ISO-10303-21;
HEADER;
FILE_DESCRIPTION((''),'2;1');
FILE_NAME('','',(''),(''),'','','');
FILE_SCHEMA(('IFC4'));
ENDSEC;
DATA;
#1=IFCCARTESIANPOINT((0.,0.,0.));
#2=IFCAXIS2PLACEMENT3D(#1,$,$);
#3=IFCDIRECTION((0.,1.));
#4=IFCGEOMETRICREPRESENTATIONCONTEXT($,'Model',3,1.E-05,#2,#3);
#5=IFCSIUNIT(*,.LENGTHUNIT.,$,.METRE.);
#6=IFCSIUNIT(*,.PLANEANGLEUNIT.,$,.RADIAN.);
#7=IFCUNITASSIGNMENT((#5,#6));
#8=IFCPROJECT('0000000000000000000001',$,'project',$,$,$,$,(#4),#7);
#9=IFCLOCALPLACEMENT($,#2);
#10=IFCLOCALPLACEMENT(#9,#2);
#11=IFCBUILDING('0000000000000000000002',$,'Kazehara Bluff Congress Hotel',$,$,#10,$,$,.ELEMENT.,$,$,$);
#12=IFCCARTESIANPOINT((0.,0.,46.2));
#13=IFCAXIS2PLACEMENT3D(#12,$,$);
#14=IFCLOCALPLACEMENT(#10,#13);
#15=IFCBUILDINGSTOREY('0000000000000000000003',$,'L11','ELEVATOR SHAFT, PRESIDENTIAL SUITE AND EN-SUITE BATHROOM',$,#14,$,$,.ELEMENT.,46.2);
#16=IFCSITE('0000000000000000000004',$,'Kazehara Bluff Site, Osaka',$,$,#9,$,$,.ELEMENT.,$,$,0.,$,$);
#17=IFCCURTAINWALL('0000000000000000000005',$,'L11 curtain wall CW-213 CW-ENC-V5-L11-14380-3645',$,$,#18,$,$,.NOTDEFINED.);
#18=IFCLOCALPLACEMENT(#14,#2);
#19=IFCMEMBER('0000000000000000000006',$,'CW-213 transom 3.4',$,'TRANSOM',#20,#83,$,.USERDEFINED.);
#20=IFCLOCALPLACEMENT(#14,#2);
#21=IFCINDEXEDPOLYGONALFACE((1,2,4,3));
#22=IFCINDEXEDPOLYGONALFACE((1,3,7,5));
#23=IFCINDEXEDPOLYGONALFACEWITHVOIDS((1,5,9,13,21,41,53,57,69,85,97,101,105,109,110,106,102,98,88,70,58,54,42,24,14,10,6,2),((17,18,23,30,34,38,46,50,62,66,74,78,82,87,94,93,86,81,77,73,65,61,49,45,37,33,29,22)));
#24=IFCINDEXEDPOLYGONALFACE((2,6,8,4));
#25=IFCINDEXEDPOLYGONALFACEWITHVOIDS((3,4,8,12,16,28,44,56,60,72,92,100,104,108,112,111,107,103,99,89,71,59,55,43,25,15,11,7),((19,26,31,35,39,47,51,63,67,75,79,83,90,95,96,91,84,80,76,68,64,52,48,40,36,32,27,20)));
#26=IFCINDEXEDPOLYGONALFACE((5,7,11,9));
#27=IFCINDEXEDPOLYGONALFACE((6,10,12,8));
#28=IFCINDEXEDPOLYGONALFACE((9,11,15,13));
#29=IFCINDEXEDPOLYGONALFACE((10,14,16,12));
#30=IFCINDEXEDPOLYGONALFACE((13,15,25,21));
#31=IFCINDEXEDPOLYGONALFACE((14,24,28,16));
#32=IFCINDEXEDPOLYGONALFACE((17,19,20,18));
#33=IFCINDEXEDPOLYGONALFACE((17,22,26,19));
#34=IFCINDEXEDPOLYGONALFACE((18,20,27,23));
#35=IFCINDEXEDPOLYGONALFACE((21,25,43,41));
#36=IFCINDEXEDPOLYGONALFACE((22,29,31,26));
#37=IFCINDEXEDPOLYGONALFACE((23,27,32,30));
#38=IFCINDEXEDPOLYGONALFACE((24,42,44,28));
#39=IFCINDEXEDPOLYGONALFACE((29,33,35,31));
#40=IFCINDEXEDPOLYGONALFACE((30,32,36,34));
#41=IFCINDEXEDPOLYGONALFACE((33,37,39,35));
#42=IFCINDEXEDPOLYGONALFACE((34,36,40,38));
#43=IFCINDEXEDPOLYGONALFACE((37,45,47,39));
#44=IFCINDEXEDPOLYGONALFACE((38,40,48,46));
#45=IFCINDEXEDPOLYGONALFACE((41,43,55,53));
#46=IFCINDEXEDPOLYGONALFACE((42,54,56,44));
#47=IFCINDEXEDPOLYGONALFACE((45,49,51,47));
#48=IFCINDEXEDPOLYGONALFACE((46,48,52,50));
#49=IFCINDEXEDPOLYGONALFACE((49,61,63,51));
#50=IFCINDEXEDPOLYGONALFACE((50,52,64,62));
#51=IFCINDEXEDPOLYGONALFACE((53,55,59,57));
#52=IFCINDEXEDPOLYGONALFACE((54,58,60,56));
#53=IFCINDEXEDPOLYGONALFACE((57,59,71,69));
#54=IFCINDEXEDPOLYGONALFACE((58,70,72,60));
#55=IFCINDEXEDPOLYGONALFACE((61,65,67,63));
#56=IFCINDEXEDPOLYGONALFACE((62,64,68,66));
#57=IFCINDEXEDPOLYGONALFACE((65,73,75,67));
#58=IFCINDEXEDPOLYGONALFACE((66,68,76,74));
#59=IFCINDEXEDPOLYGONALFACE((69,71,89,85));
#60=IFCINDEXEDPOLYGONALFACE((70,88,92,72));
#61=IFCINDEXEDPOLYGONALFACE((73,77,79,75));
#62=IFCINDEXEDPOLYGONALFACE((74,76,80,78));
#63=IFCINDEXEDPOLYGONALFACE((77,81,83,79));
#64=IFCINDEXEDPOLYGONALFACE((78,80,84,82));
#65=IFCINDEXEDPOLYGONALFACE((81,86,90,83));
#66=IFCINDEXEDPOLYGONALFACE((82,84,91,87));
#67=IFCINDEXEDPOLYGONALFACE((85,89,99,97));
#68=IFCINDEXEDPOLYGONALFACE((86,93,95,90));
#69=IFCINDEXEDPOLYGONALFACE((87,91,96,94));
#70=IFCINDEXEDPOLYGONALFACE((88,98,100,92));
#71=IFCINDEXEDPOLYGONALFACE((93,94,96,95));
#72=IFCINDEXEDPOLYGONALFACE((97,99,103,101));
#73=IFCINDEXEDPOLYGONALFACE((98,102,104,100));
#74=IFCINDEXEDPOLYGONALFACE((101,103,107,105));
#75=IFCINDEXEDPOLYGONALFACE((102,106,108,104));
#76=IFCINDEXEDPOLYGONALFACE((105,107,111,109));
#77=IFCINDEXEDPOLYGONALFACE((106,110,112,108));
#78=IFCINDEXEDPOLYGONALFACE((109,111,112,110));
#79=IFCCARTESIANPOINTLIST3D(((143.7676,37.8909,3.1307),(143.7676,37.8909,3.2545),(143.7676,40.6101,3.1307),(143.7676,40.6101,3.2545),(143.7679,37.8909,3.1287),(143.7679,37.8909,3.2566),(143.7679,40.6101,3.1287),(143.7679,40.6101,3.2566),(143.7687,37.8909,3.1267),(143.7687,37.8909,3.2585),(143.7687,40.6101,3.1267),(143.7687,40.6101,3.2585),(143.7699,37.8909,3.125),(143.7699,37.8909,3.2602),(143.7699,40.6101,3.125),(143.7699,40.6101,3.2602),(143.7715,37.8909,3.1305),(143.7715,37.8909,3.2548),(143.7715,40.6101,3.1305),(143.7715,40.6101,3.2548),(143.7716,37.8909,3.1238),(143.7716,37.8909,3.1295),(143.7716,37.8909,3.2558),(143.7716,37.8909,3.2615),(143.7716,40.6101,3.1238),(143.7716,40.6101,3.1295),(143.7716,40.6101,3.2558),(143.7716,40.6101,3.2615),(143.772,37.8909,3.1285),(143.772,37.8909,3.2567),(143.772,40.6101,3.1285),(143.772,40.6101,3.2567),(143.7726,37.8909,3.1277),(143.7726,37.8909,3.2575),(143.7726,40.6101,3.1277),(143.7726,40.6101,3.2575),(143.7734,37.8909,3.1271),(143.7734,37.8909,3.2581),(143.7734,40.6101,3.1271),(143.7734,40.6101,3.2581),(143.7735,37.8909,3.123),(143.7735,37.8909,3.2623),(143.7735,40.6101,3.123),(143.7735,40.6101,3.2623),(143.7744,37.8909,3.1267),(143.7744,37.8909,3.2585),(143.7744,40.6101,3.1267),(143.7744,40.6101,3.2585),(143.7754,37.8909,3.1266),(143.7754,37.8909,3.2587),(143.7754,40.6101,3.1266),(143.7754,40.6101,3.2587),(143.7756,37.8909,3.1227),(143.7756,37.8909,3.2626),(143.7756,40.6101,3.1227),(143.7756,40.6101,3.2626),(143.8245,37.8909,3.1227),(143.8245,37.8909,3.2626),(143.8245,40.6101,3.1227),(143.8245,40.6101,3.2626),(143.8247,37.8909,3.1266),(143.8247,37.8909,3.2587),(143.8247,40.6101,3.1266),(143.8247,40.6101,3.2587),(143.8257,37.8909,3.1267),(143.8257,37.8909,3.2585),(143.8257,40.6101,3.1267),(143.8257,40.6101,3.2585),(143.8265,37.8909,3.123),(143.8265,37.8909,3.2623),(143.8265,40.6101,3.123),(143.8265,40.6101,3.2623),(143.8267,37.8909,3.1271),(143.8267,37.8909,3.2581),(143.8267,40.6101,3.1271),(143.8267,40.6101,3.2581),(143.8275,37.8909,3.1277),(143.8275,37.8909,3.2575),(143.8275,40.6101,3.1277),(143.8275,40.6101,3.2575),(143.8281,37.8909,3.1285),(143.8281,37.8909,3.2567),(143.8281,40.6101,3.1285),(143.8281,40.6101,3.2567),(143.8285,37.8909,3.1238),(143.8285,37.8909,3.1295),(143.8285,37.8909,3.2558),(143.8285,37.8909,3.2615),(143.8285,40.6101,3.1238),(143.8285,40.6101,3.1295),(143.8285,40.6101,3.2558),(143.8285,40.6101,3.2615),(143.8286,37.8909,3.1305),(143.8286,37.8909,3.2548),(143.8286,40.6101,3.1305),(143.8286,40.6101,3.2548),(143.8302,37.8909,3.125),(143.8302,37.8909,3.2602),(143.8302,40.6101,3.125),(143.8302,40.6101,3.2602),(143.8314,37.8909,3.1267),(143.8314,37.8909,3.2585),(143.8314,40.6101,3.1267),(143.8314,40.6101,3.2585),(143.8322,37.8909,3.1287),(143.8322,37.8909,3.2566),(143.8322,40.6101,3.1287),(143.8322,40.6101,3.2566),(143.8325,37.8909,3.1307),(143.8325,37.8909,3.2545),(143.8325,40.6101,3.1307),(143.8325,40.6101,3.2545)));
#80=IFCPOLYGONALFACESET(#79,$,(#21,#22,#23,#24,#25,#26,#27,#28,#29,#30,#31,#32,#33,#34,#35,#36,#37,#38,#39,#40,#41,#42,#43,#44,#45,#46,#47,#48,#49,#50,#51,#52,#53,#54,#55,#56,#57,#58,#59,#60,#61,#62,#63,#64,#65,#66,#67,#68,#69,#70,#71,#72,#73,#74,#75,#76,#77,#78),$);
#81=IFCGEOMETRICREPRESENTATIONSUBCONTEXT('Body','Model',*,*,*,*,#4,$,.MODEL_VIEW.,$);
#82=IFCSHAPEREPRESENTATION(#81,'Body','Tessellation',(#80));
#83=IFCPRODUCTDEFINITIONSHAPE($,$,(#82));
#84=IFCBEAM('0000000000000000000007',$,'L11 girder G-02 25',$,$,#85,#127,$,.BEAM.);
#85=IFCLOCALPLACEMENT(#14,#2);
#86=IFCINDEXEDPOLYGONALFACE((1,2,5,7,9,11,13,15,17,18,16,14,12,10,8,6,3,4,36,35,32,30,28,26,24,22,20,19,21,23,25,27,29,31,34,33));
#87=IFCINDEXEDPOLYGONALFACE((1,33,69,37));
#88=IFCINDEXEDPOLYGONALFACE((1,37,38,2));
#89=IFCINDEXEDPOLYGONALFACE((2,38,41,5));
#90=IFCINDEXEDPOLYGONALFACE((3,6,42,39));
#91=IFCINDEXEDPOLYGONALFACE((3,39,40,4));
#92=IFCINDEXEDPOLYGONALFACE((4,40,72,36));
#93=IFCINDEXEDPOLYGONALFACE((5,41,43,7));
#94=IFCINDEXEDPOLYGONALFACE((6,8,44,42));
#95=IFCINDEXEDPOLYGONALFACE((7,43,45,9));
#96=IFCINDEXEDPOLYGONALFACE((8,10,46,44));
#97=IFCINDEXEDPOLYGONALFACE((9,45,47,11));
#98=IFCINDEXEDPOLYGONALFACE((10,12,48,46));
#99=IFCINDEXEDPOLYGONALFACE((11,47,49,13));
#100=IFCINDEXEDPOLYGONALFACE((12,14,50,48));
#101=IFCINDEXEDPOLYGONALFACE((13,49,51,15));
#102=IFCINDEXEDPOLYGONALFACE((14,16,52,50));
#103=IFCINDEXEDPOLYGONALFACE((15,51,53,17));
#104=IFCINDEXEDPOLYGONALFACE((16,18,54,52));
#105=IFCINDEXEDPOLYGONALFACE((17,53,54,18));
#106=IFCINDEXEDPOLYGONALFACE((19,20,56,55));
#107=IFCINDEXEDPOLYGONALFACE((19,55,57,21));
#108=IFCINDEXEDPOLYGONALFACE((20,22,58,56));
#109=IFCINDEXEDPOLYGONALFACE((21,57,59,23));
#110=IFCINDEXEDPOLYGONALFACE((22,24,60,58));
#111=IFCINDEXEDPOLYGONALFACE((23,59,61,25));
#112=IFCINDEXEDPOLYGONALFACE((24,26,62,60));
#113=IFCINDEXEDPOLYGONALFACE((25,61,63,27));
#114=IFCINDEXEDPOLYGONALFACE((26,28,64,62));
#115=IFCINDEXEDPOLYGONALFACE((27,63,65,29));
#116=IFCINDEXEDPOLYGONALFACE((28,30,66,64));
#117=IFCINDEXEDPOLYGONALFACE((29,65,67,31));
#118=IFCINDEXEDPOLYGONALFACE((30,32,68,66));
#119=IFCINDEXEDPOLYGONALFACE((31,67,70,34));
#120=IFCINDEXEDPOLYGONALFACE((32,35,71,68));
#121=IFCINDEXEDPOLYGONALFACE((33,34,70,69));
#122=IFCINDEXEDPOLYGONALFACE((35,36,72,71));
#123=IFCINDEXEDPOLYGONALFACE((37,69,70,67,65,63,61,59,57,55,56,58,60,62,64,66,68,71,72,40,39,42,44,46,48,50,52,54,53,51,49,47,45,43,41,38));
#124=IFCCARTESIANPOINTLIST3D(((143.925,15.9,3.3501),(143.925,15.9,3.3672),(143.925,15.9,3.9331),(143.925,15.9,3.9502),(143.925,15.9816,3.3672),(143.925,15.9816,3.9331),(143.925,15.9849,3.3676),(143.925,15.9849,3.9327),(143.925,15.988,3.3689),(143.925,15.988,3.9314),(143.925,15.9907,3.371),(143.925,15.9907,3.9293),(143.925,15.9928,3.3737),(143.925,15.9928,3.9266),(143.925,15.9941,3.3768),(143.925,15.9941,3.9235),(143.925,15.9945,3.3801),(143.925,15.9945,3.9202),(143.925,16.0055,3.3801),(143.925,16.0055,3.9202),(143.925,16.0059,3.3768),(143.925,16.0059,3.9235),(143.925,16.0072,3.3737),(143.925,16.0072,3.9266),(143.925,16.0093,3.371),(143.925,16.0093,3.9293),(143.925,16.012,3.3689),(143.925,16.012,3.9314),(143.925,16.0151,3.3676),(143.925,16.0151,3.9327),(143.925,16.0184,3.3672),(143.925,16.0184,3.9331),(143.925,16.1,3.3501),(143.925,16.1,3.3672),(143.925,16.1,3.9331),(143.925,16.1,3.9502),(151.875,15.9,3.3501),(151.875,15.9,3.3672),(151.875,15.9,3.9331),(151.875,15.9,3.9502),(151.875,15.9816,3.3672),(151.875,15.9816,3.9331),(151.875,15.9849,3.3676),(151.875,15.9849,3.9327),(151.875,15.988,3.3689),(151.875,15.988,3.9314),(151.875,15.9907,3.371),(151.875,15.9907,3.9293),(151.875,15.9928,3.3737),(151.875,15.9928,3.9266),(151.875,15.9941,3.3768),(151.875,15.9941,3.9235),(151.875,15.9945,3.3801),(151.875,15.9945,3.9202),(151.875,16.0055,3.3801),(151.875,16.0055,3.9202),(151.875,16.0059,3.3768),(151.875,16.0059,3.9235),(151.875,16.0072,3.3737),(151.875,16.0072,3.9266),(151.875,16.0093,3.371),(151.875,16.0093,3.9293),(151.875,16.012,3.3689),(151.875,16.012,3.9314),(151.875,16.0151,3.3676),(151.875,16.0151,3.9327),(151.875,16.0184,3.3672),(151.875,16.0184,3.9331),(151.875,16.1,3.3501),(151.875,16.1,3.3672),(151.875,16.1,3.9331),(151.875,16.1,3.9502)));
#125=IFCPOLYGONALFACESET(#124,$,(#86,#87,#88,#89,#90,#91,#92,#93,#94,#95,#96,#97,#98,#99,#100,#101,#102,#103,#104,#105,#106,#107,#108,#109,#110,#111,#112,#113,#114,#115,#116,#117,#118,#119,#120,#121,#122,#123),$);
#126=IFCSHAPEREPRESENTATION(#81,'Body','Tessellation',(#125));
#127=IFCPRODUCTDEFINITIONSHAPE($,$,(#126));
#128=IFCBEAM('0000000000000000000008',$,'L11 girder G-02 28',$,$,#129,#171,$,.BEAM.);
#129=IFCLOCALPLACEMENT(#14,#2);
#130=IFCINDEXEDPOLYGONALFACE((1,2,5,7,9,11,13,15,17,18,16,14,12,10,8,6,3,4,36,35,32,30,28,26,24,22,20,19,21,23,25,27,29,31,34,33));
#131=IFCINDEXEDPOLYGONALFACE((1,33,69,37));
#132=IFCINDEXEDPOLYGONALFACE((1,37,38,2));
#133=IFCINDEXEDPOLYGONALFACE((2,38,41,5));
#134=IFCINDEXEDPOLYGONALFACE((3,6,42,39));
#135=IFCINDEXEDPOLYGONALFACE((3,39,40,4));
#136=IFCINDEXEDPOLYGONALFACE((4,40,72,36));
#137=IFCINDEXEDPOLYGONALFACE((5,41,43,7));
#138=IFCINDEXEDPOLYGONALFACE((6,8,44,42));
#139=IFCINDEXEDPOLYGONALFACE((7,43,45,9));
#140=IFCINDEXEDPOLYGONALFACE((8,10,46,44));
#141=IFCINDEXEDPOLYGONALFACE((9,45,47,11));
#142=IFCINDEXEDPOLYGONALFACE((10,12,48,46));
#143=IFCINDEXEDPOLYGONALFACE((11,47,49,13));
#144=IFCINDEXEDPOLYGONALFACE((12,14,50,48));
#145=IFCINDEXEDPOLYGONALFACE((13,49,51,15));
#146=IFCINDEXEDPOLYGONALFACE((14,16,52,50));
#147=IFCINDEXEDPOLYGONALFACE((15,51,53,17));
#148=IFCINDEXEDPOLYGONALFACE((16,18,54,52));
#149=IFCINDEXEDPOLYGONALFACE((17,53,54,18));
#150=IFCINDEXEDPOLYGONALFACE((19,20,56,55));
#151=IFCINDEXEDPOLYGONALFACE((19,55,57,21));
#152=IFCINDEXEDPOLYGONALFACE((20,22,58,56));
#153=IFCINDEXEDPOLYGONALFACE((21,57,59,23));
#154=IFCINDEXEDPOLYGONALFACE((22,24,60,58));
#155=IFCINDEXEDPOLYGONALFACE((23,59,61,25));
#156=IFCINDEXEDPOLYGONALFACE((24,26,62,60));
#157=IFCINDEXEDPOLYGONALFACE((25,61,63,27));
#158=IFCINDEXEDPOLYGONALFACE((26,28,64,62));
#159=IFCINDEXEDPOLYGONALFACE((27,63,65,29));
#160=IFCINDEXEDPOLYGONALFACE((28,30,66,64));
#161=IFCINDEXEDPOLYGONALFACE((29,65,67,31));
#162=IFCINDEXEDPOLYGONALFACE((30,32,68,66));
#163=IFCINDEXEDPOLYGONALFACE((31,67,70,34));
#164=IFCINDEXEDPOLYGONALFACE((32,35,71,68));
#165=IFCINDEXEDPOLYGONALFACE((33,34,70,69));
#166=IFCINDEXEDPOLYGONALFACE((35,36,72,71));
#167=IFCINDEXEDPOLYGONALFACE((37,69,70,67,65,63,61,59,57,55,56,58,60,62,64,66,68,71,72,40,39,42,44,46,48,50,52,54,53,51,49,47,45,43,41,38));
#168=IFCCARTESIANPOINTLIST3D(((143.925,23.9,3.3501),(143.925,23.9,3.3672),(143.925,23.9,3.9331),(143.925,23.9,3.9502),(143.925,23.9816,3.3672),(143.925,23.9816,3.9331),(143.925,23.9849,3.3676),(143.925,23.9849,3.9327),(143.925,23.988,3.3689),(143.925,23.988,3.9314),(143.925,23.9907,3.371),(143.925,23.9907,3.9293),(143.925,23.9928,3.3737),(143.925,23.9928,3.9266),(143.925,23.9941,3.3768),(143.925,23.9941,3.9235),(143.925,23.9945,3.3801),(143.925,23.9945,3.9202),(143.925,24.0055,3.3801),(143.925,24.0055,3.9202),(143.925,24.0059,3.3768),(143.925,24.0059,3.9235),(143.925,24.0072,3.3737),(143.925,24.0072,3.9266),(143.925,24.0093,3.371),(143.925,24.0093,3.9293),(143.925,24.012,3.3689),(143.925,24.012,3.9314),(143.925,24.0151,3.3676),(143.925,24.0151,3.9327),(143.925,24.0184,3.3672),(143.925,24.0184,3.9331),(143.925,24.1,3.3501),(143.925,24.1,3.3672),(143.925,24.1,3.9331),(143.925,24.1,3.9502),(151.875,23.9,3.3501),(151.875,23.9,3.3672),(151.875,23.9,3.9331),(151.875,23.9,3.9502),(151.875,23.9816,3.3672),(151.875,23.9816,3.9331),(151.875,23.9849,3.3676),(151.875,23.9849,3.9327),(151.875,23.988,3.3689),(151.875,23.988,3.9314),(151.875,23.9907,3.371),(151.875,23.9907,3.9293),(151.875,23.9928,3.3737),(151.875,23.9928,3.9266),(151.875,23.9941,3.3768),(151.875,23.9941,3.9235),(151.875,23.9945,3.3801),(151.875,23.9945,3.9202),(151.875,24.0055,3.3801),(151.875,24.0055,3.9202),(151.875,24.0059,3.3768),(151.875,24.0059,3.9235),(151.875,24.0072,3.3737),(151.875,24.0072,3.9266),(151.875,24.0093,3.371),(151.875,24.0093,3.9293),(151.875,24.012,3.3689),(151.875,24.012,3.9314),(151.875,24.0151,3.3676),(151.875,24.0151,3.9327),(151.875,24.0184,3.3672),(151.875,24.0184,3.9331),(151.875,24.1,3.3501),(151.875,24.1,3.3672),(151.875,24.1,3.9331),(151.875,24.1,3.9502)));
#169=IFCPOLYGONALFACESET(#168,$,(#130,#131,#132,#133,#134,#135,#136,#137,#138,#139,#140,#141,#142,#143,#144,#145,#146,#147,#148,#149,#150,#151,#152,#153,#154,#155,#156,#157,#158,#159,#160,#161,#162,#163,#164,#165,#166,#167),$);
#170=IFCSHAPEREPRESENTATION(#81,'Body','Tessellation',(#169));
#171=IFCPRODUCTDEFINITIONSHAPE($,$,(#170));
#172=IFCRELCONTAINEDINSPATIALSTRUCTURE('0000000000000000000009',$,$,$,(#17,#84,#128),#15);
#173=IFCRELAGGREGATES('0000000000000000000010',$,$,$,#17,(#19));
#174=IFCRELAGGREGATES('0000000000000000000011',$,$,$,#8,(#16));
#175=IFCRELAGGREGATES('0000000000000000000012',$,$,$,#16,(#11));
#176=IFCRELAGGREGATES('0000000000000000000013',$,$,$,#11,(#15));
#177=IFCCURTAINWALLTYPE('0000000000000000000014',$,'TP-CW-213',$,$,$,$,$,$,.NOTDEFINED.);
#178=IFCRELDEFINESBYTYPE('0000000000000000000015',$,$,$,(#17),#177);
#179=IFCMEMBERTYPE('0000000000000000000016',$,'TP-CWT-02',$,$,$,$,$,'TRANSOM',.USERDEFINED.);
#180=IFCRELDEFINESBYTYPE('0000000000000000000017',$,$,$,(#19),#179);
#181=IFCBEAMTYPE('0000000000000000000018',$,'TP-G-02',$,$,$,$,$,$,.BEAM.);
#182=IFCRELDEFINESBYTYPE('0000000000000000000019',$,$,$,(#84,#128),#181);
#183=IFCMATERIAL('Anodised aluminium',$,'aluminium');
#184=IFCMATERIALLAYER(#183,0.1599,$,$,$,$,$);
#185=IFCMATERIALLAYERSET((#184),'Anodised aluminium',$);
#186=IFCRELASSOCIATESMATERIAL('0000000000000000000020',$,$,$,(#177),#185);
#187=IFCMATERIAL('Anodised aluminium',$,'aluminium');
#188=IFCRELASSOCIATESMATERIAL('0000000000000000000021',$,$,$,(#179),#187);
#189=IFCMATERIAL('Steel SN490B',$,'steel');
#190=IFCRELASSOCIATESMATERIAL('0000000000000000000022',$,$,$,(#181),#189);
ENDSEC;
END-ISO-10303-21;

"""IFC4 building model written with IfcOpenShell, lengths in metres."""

from ifc_helpers import new_model, si_unit, direction, frame, origin, origin_2d, place, context, subcontext, project, spatial, hollow_rectangle, i_section, extrude, material, layer, layer_set, material_profile, profile_set, type_object, element, aggregate, save


model = new_model("IFC4")

# Units and contexts
model_context = context("Model", 3, precision=1e-05, world=origin(), true_north=direction((0.0, 1.0)))
body_context = subcontext(model_context, "Body", "Model", "MODEL_VIEW")
ifc_project = project(units=[si_unit("LENGTHUNIT", "METRE"), si_unit("PLANEANGLEUNIT", "RADIAN")], contexts=[model_context])

# Site, building, storey
site_placement = place(None, origin())
site = spatial("IfcSite", under=ifc_project, at=site_placement, Name="Kazehara Bluff Site, Osaka", CompositionType="ELEMENT", RefElevation=0.0)
building_placement = place(site_placement, origin())
building = spatial("IfcBuilding", under=site, at=building_placement, Name="Kazehara Bluff Congress Hotel", CompositionType="ELEMENT")
storey_placement = place(building_placement, frame((0.0, 0.0, 46.2)))
storey = spatial("IfcBuildingStorey", under=building, at=storey_placement, Name="L11", Description="ELEVATOR SHAFT, PRESIDENTIAL SUITE AND EN-SUITE BATHROOM", CompositionType="ELEMENT", Elevation=46.2)

# Curtain wall, member
ifc_material_1 = material(Name="Anodised aluminium", Category="aluminium")
ifc_layer_1 = layer(ifc_material_1, 0.1599)
ifc_layer_set_1 = layer_set([ifc_layer_1], Name="Anodised aluminium")
curtain_wall_type = type_object("IfcCurtainWallType", Name="TP-CW-213", PredefinedType="NOTDEFINED", material=ifc_layer_set_1)
curtain_wall_placement = place(storey_placement, origin())
curtain_wall = element("IfcCurtainWall", 1, at=curtain_wall_placement, inside=storey, type_object=curtain_wall_type, Name="L11 curtain wall CW-213 CW-ENC-V5-L11-14380-3645", PredefinedType="NOTDEFINED")
ifc_material_2 = material(Name="Anodised aluminium", Category="aluminium")
ifc_material_profile_1 = material_profile(ifc_material_2, hollow_rectangle(XDim=0.0649, YDim=0.1399, WallThickness=0.0039, InnerFilletRadius=0.0039, OuterFilletRadius=0.0081, at=origin_2d()))
ifc_profile_set_1 = profile_set([ifc_material_profile_1], Name="Anodised aluminium")
member_type = type_object("IfcMemberType", Name="TP-CWT-02", ElementType="TRANSOM", PredefinedType="USERDEFINED", material=ifc_profile_set_1)
member_1_placement = place(storey_placement, frame((143.8, 37.8909, 3.1926), z_axis=(0.0, 1.0, 0.0), x_axis=(-1.0, 0.0, 0.0)))
member_1 = element("IfcMember", 2, at=member_1_placement, type_object=member_type, Name="CW-213 transom 3.4", ObjectType="TRANSOM", PredefinedType="USERDEFINED", context=body_context, shape_type="SweptSolid", body=[
    extrude(hollow_rectangle(XDim=0.0649, YDim=0.1399, WallThickness=0.0039, InnerFilletRadius=0.0039, OuterFilletRadius=0.0081, at=origin_2d()), origin(), (0.0, 0.0, 1.0), 2.7192),
])

# Beams
ifc_material_3 = material(Name="Steel SN490B", Category="steel")
ifc_material_profile_2 = material_profile(ifc_material_3, i_section(OverallWidth=0.2, OverallDepth=0.6001, WebThickness=0.011, FlangeThickness=0.0171, FilletRadius=0.0129, at=origin_2d()))
ifc_profile_set_2 = profile_set([ifc_material_profile_2], Name="Steel SN490B")
beam_type_1 = type_object("IfcBeamType", Name="TP-G-02", PredefinedType="BEAM", material=ifc_profile_set_2)
for number, where, z_axis, x_axis, name in (
    (3, (143.925, 16.0, 3.6501), (1.0, 0.0, 0.0), (0.0, 1.0, 0.0), "L11 girder G-02 25"),
    (4, (143.925, 24.0, 3.6501), (1.0, 0.0, 0.0), (0.0, 1.0, 0.0), "L11 girder G-02 28"),
):
    element("IfcBeam", number, at=place(storey_placement, frame(where, z_axis=z_axis, x_axis=x_axis)), inside=storey, type_object=beam_type_1, Name=name, PredefinedType="BEAM", context=body_context, shape_type="SweptSolid", body=[
        extrude(i_section(OverallWidth=0.2, OverallDepth=0.6001, WebThickness=0.011, FlangeThickness=0.0171, FilletRadius=0.0129, at=origin_2d()), origin(), (0.0, 0.0, 1.0), 7.95),
    ])

aggregate(curtain_wall, [member_1])

save(model, "model.ifc")
